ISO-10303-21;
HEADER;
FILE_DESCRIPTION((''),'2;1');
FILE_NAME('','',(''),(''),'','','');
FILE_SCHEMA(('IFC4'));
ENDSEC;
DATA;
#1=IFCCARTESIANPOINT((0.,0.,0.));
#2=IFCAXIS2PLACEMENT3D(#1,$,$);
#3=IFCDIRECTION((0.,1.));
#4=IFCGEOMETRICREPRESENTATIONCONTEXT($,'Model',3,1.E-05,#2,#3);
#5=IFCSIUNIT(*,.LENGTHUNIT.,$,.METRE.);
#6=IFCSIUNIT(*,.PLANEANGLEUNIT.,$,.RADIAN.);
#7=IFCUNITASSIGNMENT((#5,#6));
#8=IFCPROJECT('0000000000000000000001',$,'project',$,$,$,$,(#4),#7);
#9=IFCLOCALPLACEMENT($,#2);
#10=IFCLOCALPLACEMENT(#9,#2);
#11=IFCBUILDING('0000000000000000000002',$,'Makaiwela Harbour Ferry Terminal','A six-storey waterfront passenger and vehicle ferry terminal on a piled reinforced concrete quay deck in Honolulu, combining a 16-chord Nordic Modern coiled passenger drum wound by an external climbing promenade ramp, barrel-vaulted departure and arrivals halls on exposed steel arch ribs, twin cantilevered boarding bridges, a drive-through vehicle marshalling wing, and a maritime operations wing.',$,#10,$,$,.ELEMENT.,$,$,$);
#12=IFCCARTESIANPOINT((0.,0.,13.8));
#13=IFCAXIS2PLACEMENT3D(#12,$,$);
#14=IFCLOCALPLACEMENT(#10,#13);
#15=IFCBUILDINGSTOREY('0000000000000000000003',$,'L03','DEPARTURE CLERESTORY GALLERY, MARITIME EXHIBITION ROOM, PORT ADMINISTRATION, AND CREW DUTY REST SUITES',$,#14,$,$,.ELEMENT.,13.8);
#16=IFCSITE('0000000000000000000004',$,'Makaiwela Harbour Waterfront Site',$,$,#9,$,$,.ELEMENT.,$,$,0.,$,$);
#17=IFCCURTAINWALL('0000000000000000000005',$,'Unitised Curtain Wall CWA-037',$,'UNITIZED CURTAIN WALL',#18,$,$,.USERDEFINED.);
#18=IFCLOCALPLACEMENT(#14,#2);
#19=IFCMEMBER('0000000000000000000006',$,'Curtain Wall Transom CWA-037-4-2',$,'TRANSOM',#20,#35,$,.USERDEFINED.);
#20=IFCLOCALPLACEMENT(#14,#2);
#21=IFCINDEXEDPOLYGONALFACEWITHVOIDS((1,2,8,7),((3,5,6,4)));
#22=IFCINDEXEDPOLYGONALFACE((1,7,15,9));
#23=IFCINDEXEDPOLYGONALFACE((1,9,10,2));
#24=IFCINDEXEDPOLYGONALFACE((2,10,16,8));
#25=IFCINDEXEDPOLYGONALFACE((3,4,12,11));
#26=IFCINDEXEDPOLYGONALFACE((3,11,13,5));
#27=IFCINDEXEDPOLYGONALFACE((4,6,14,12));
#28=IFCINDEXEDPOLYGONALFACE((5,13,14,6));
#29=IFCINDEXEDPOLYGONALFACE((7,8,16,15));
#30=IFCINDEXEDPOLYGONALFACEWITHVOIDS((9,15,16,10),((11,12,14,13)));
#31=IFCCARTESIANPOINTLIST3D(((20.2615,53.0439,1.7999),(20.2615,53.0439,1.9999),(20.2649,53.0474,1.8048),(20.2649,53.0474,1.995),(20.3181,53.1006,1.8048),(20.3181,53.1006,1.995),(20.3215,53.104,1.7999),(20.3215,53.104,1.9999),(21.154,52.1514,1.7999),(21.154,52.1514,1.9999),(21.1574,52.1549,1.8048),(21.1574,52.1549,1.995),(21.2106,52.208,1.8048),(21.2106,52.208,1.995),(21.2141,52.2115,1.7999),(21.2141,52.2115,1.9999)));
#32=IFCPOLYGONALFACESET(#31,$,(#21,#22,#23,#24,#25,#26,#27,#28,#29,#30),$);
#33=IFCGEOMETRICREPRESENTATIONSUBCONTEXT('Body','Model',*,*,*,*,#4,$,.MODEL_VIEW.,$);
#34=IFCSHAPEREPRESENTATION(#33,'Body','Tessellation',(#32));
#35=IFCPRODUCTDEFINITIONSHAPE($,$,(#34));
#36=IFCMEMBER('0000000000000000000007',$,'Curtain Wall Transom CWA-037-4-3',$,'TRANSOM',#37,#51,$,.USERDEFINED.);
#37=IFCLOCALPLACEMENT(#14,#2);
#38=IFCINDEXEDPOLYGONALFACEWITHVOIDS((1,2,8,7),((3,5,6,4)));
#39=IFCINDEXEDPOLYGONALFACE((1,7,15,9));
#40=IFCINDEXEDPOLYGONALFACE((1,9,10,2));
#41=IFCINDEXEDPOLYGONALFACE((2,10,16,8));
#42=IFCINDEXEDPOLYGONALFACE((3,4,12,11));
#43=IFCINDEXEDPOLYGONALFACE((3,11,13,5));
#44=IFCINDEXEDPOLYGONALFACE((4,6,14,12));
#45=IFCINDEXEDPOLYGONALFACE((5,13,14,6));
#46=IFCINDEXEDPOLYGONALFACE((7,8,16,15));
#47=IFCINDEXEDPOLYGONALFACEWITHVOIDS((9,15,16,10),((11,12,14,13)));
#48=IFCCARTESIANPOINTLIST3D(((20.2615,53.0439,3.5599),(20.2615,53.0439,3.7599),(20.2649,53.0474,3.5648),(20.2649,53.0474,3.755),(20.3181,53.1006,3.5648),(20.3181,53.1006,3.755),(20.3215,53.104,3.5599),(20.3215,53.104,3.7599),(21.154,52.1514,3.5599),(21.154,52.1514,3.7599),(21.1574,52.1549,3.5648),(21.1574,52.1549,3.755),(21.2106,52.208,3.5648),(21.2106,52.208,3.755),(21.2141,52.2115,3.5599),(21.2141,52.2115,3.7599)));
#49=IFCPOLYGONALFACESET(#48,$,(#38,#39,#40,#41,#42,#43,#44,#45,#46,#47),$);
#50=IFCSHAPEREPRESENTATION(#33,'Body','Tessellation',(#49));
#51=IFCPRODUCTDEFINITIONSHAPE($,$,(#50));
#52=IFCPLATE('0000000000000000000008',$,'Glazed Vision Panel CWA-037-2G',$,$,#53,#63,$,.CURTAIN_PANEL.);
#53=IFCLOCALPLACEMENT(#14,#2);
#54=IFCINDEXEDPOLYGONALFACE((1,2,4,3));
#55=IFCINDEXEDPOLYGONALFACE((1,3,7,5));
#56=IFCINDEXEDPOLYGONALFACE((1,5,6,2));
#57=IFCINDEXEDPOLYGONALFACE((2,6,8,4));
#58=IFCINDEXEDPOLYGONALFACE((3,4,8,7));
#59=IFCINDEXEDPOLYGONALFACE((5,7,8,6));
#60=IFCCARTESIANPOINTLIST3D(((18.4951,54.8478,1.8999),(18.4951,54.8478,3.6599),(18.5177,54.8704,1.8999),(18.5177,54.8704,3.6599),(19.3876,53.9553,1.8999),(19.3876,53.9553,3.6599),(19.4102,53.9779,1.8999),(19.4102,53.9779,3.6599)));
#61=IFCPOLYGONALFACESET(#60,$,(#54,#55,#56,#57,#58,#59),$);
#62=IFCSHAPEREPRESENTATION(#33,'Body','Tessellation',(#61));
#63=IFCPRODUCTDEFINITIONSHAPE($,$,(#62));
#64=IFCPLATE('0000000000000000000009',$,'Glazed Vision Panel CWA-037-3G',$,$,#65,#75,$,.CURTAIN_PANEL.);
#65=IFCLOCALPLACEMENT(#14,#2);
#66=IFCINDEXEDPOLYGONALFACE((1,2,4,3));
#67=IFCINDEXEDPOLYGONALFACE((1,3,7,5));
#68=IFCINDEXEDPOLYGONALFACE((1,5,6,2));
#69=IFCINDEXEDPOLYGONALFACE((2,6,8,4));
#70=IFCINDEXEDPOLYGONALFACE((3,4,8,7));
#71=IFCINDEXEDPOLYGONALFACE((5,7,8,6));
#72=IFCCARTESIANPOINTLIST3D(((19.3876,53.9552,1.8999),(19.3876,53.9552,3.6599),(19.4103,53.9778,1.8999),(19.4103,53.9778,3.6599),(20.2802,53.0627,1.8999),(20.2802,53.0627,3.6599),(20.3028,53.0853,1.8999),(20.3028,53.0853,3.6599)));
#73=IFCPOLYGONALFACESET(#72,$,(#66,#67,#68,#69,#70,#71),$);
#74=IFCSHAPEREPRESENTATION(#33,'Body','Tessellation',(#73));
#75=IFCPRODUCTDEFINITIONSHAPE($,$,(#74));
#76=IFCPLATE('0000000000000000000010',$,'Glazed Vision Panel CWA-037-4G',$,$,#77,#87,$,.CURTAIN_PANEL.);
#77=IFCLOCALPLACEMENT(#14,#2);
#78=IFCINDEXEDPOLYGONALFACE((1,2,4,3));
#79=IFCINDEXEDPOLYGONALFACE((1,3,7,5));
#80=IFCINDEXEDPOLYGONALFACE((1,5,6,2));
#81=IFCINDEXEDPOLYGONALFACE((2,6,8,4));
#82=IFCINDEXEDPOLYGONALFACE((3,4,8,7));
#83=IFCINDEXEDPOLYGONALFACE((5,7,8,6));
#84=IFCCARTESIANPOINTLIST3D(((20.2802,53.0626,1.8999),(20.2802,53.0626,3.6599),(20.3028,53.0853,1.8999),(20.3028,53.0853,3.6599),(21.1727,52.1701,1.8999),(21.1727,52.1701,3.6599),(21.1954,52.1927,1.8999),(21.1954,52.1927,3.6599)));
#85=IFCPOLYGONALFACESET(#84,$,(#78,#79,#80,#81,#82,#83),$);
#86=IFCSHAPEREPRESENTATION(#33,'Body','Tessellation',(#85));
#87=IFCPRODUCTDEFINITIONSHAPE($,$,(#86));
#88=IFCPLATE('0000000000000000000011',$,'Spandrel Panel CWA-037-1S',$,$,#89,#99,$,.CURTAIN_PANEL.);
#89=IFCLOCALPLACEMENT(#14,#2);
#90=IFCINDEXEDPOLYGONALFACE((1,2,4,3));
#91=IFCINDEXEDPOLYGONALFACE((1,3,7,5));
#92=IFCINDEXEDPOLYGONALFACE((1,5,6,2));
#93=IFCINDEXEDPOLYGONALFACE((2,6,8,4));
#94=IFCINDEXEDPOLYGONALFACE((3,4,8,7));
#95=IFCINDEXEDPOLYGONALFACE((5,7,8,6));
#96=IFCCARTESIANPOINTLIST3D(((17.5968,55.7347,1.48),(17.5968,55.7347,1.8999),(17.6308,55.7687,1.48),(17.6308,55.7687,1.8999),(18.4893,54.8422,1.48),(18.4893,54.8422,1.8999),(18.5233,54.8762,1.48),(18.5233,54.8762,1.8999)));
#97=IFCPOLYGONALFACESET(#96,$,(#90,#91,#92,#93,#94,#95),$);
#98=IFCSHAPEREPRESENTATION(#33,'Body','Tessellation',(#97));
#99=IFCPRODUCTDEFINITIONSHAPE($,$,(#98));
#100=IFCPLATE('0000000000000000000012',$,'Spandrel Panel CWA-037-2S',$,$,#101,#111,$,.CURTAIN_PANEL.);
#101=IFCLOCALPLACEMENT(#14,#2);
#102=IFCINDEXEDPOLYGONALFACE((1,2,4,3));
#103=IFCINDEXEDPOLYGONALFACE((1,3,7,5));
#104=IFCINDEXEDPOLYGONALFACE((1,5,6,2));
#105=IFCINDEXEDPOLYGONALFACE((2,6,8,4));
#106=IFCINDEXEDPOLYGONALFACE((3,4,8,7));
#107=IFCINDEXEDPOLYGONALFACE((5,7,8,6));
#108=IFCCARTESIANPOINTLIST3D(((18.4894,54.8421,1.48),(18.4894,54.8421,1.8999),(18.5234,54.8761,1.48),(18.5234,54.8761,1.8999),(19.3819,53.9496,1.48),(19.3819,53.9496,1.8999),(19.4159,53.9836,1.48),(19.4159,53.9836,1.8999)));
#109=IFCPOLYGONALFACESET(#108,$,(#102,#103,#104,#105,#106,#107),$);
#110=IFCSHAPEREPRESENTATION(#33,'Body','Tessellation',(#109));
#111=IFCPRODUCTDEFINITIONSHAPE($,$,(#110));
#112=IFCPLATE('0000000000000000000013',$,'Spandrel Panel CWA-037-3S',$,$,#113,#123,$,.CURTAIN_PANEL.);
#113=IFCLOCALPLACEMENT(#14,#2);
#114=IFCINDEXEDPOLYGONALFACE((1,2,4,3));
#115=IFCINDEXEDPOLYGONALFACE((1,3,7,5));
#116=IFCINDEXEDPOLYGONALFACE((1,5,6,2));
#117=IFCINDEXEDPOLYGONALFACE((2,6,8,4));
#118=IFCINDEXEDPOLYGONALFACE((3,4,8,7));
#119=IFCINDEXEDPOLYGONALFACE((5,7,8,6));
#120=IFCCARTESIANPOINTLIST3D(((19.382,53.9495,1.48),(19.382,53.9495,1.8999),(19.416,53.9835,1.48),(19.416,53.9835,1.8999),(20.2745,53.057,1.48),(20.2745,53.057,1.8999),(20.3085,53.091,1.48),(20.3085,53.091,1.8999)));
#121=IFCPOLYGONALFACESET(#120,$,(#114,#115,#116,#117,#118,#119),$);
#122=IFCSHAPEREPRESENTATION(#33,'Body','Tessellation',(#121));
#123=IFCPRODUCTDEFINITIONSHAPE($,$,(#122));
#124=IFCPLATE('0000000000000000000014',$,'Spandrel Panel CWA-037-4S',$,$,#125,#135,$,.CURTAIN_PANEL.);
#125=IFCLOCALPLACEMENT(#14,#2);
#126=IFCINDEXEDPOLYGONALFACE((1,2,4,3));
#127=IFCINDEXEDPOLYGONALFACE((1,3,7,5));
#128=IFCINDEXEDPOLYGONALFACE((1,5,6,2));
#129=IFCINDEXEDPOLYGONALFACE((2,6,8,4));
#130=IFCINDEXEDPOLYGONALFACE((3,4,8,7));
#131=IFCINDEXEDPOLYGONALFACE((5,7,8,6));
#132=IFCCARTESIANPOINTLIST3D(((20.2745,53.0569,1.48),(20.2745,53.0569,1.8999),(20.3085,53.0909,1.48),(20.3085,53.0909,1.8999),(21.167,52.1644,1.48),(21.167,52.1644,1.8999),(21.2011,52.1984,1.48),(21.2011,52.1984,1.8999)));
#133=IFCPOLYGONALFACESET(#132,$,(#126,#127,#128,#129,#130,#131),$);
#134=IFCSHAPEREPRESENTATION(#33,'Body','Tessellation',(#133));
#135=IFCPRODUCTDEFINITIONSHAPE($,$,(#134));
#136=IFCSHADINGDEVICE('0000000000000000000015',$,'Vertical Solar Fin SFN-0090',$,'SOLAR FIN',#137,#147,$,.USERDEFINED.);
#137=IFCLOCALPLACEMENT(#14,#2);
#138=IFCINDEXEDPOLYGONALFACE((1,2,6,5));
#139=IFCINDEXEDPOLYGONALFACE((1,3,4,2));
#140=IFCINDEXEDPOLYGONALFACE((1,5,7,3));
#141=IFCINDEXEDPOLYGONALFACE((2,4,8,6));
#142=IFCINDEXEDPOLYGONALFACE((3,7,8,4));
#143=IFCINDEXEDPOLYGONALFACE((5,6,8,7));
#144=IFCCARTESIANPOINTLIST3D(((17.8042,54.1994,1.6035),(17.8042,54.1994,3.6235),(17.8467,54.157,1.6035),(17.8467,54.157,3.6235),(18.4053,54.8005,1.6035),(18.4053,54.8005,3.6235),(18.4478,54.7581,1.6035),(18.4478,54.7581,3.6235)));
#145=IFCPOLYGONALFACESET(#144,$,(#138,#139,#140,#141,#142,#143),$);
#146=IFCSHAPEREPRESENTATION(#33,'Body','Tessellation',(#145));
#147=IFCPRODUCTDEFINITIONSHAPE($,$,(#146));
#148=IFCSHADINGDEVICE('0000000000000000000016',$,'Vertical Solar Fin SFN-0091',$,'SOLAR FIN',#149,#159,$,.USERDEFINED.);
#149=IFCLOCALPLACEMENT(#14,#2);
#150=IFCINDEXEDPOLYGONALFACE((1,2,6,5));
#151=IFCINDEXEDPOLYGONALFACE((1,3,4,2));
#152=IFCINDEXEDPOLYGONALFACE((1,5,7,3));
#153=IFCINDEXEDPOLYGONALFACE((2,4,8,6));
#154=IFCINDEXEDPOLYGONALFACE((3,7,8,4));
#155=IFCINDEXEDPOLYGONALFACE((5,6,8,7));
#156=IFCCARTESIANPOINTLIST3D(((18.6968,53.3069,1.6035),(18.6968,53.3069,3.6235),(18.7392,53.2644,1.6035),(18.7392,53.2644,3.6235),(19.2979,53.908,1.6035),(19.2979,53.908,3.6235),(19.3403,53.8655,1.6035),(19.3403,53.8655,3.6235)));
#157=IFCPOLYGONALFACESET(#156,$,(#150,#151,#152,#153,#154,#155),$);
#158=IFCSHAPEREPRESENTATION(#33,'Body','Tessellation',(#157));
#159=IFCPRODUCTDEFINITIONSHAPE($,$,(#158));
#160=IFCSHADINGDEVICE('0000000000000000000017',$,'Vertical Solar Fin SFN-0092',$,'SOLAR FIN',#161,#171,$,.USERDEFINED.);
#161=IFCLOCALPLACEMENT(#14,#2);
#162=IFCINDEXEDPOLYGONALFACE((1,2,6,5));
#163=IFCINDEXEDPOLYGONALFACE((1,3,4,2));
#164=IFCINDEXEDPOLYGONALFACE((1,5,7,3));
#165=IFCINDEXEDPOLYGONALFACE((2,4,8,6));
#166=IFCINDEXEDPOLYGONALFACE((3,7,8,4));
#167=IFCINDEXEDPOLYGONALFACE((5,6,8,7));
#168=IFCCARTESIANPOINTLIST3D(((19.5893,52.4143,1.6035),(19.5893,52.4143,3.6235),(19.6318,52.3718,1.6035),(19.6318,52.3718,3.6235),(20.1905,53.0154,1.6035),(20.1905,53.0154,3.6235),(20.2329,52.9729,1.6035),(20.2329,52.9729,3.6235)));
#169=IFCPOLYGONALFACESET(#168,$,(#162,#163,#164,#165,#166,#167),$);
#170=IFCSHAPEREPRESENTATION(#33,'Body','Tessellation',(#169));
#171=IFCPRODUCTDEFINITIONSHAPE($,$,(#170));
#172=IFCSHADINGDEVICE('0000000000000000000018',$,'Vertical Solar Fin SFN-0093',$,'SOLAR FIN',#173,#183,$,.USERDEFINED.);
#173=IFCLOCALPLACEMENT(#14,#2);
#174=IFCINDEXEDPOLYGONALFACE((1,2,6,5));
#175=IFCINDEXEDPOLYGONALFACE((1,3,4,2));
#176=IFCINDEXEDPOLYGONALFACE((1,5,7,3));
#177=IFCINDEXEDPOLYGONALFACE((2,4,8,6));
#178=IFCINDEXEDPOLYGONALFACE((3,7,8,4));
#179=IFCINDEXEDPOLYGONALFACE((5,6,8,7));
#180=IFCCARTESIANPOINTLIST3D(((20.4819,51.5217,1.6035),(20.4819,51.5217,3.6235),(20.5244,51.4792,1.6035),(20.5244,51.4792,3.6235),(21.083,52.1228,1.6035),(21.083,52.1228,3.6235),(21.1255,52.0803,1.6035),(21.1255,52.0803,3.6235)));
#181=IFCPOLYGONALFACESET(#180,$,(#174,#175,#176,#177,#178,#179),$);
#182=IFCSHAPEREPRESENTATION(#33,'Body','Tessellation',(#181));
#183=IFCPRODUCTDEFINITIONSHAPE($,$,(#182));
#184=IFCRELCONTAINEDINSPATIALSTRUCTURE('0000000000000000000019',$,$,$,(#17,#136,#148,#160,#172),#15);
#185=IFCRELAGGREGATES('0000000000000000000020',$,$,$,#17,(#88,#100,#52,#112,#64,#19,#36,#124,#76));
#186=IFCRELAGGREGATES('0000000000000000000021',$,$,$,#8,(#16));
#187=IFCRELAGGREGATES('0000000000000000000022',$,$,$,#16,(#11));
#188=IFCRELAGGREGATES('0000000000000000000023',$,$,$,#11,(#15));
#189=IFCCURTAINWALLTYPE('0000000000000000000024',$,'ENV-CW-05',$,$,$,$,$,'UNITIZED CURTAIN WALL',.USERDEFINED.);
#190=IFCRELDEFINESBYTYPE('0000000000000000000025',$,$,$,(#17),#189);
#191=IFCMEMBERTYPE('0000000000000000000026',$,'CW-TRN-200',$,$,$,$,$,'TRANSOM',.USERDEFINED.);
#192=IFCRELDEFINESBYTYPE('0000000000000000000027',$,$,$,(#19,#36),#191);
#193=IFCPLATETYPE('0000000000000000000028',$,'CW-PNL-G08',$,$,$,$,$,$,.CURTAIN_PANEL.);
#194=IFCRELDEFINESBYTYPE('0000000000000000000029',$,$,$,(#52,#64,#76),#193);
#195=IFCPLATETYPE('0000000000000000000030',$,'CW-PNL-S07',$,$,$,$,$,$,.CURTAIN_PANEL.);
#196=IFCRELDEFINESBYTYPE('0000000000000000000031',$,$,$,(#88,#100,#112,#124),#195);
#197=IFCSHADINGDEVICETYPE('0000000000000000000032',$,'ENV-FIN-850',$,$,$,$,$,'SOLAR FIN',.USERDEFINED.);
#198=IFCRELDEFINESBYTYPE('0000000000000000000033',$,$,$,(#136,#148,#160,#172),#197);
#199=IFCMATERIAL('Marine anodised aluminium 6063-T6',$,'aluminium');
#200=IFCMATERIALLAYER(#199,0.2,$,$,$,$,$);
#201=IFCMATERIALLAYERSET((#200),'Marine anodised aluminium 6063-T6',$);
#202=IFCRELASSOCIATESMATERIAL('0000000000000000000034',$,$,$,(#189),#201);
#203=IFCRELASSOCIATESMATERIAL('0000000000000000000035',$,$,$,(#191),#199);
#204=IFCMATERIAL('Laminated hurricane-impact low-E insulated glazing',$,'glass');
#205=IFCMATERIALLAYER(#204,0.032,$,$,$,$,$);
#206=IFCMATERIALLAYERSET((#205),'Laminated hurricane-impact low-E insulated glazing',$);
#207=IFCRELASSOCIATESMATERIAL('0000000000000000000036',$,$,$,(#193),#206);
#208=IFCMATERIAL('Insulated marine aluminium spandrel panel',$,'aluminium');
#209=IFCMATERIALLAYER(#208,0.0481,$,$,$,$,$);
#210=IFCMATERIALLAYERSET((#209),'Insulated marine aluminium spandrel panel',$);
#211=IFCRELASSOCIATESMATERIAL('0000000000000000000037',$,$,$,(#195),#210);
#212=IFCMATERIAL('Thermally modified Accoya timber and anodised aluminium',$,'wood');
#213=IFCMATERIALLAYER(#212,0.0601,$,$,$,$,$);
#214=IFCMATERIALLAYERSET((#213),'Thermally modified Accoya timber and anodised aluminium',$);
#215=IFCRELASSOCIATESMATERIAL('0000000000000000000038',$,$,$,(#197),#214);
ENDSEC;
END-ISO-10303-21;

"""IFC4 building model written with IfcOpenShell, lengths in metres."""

from ifc_helpers import new_model, si_unit, direction, frame, origin, origin_2d, place, context, subcontext, project, spatial, rectangle, hollow_rectangle, extrude, material, layer, layer_set, material_profile, profile_set, type_object, element, aggregate, save


model = new_model("IFC4")

# Units and contexts
model_context = context("Model", 3, precision=1e-05, world=origin(), true_north=direction((0.0, 1.0)))
body_context = subcontext(model_context, "Body", "Model", "MODEL_VIEW")
ifc_project = project(units=[si_unit("LENGTHUNIT", "METRE"), si_unit("PLANEANGLEUNIT", "RADIAN")], contexts=[model_context])

# Site, building, storey
site_placement = place(None, origin())
site = spatial("IfcSite", under=ifc_project, at=site_placement, Name="Makaiwela Harbour Waterfront Site", CompositionType="ELEMENT", RefElevation=0.0)
building_placement = place(site_placement, origin())
building = spatial("IfcBuilding", under=site, at=building_placement, Name="Makaiwela Harbour Ferry Terminal", Description="A six-storey waterfront passenger and vehicle ferry terminal on a piled reinforced concrete quay deck in Honolulu, combining a 16-chord Nordic Modern coiled passenger drum wound by an external climbing promenade ramp, barrel-vaulted departure and arrivals halls on exposed steel arch ribs, twin cantilevered boarding bridges, a drive-through vehicle marshalling wing, and a maritime operations wing.", CompositionType="ELEMENT")
storey_placement = place(building_placement, frame((0.0, 0.0, 13.8)))
storey = spatial("IfcBuildingStorey", under=building, at=storey_placement, Name="L03", Description="DEPARTURE CLERESTORY GALLERY, MARITIME EXHIBITION ROOM, PORT ADMINISTRATION, AND CREW DUTY REST SUITES", CompositionType="ELEMENT", Elevation=13.8)

# Curtain wall, members, plates
ifc_material_1 = material(Name="Marine anodised aluminium 6063-T6", Category="aluminium")
ifc_layer_1 = layer(ifc_material_1, 0.2)
ifc_layer_set_1 = layer_set([ifc_layer_1], Name="Marine anodised aluminium 6063-T6")
curtain_wall_type = type_object("IfcCurtainWallType", Name="ENV-CW-05", ElementType="UNITIZED CURTAIN WALL", PredefinedType="USERDEFINED", material=ifc_layer_set_1)
curtain_wall_placement = place(storey_placement, origin())
curtain_wall = element("IfcCurtainWall", 1, at=curtain_wall_placement, inside=storey, type_object=curtain_wall_type, Name="Unitised Curtain Wall CWA-037", ObjectType="UNITIZED CURTAIN WALL", PredefinedType="USERDEFINED")
ifc_material_profile_1 = material_profile(ifc_material_1, hollow_rectangle(XDim=0.085, YDim=0.2, WallThickness=0.0049, at=origin_2d()), Name="CWT-200X85")
ifc_profile_set_1 = profile_set([ifc_material_profile_1], Name="Marine anodised aluminium 6063-T6")
member_type_1 = type_object("IfcMemberType", Name="CW-TRN-200", ElementType="TRANSOM", PredefinedType="USERDEFINED", material=ifc_profile_set_1)
member_1_placement = place(storey_placement, frame((20.2915, 53.074, 1.8999), z_axis=(0.707107, -0.707107, 0.0), x_axis=(0.707107, 0.707107, 0.0)))
member_1 = element("IfcMember", 2, at=member_1_placement, type_object=member_type_1, Name="Curtain Wall Transom CWA-037-4-2", ObjectType="TRANSOM", PredefinedType="USERDEFINED", context=body_context, shape_type="SweptSolid", body=[
    extrude(hollow_rectangle(XDim=0.085, YDim=0.2, WallThickness=0.0049, at=origin_2d()), origin(), (0.0, 0.0, 1.0), 1.2622),
])
member_2_placement = place(storey_placement, frame((20.2915, 53.074, 3.6599), z_axis=(0.707107, -0.707107, 0.0), x_axis=(0.707107, 0.707107, 0.0)))
member_2 = element("IfcMember", 3, at=member_2_placement, type_object=member_type_1, Name="Curtain Wall Transom CWA-037-4-3", ObjectType="TRANSOM", PredefinedType="USERDEFINED", context=body_context, shape_type="SweptSolid", body=[
    extrude(hollow_rectangle(XDim=0.085, YDim=0.2, WallThickness=0.0049, at=origin_2d()), origin(), (0.0, 0.0, 1.0), 1.2622),
])
ifc_material_2 = material(Name="Laminated hurricane-impact low-E insulated glazing", Category="glass")
ifc_layer_2 = layer(ifc_material_2, 0.032)
ifc_layer_set_2 = layer_set([ifc_layer_2], Name="Laminated hurricane-impact low-E insulated glazing")
plate_type_1 = type_object("IfcPlateType", Name="CW-PNL-G08", PredefinedType="CURTAIN_PANEL", material=ifc_layer_set_2)
plate_1_placement = place(storey_placement, frame((18.9526, 54.4128, 1.8999), z_axis=(0.0, 0.0, 1.0), x_axis=(0.707107, -0.707107, 0.0)))
plate_1 = element("IfcPlate", 4, at=plate_1_placement, type_object=plate_type_1, Name="Glazed Vision Panel CWA-037-2G", PredefinedType="CURTAIN_PANEL", context=body_context, shape_type="SweptSolid", body=[
    extrude(rectangle(XDim=1.2622, YDim=0.032, at=origin_2d()), origin(), (0.0, 0.0, 1.0), 1.76),
])
plate_2_placement = place(storey_placement, frame((19.8452, 53.5203, 1.8999), z_axis=(0.0, 0.0, 1.0), x_axis=(0.707107, -0.707107, 0.0)))
plate_2 = element("IfcPlate", 5, at=plate_2_placement, type_object=plate_type_1, Name="Glazed Vision Panel CWA-037-3G", PredefinedType="CURTAIN_PANEL", context=body_context, shape_type="SweptSolid", body=[
    extrude(rectangle(XDim=1.2622, YDim=0.032, at=origin_2d()), origin(), (0.0, 0.0, 1.0), 1.76),
])
plate_3_placement = place(storey_placement, frame((20.7378, 52.6277, 1.8999), z_axis=(0.0, 0.0, 1.0), x_axis=(0.707107, -0.707107, 0.0)))
plate_3 = element("IfcPlate", 6, at=plate_3_placement, type_object=plate_type_1, Name="Glazed Vision Panel CWA-037-4G", PredefinedType="CURTAIN_PANEL", context=body_context, shape_type="SweptSolid", body=[
    extrude(rectangle(XDim=1.2622, YDim=0.032, at=origin_2d()), origin(), (0.0, 0.0, 1.0), 1.76),
])
ifc_material_3 = material(Name="Insulated marine aluminium spandrel panel", Category="aluminium")
ifc_layer_3 = layer(ifc_material_3, 0.0481)
ifc_layer_set_3 = layer_set([ifc_layer_3], Name="Insulated marine aluminium spandrel panel")
plate_type_2 = type_object("IfcPlateType", Name="CW-PNL-S07", PredefinedType="CURTAIN_PANEL", material=ifc_layer_set_3)
plate_4_placement = place(storey_placement, frame((18.0601, 55.3054, 1.48), z_axis=(0.0, 0.0, 1.0), x_axis=(0.707107, -0.707107, 0.0)))
plate_4 = element("IfcPlate", 7, at=plate_4_placement, type_object=plate_type_2, Name="Spandrel Panel CWA-037-1S", PredefinedType="CURTAIN_PANEL", context=body_context, shape_type="SweptSolid", body=[
    extrude(rectangle(XDim=1.2622, YDim=0.0481, at=origin_2d()), origin(), (0.0, 0.0, 1.0), 0.4199),
])
plate_5_placement = place(storey_placement, frame((18.9526, 54.4128, 1.48), z_axis=(0.0, 0.0, 1.0), x_axis=(0.707107, -0.707107, 0.0)))
plate_5 = element("IfcPlate", 8, at=plate_5_placement, type_object=plate_type_2, Name="Spandrel Panel CWA-037-2S", PredefinedType="CURTAIN_PANEL", context=body_context, shape_type="SweptSolid", body=[
    extrude(rectangle(XDim=1.2622, YDim=0.0481, at=origin_2d()), origin(), (0.0, 0.0, 1.0), 0.4199),
])
plate_6_placement = place(storey_placement, frame((19.8452, 53.5203, 1.48), z_axis=(0.0, 0.0, 1.0), x_axis=(0.707107, -0.707107, 0.0)))
plate_6 = element("IfcPlate", 9, at=plate_6_placement, type_object=plate_type_2, Name="Spandrel Panel CWA-037-3S", PredefinedType="CURTAIN_PANEL", context=body_context, shape_type="SweptSolid", body=[
    extrude(rectangle(XDim=1.2622, YDim=0.0481, at=origin_2d()), origin(), (0.0, 0.0, 1.0), 0.4199),
])
plate_7_placement = place(storey_placement, frame((20.7378, 52.6277, 1.48), z_axis=(0.0, 0.0, 1.0), x_axis=(0.707107, -0.707107, 0.0)))
plate_7 = element("IfcPlate", 10, at=plate_7_placement, type_object=plate_type_2, Name="Spandrel Panel CWA-037-4S", PredefinedType="CURTAIN_PANEL", context=body_context, shape_type="SweptSolid", body=[
    extrude(rectangle(XDim=1.2622, YDim=0.0481, at=origin_2d()), origin(), (0.0, 0.0, 1.0), 0.4199),
])
aggregate(curtain_wall, [plate_4, plate_5, plate_1, plate_6, plate_2, member_1, member_2, plate_7, plate_3])

# Shading devices
ifc_material_4 = material(Name="Thermally modified Accoya timber and anodised aluminium", Category="wood")
ifc_layer_4 = layer(ifc_material_4, 0.0601)
ifc_layer_set_4 = layer_set([ifc_layer_4], Name="Thermally modified Accoya timber and anodised aluminium")
shading_device_type = type_object("IfcShadingDeviceType", Name="ENV-FIN-850", ElementType="SOLAR FIN", PredefinedType="USERDEFINED", material=ifc_layer_set_4)
for number, where, z_axis, x_axis, name in (
    (11, (18.126, 54.4788, 1.6035), (0.0, 0.0, 1.0), (-0.707107, -0.707107, 0.0), "Vertical Solar Fin SFN-0090"),
    (12, (19.0186, 53.5862, 1.6035), (0.0, 0.0, 1.0), (-0.707107, -0.707107, 0.0), "Vertical Solar Fin SFN-0091"),
    (13, (19.9111, 52.6936, 1.6035), (0.0, 0.0, 1.0), (-0.707107, -0.707107, 0.0), "Vertical Solar Fin SFN-0092"),
    (14, (20.8037, 51.801, 1.6035), (0.0, 0.0, 1.0), (-0.707107, -0.707107, 0.0), "Vertical Solar Fin SFN-0093"),
):
    element("IfcShadingDevice", number, at=place(storey_placement, frame(where, z_axis=z_axis, x_axis=x_axis)), inside=storey, type_object=shading_device_type, Name=name, ObjectType="SOLAR FIN", PredefinedType="USERDEFINED", context=body_context, shape_type="SweptSolid", body=[
        extrude(rectangle(XDim=0.8501, YDim=0.0601, at=origin_2d()), origin(), (0.0, 0.0, 1.0), 2.02),
    ])

save(model, "model.ifc")
